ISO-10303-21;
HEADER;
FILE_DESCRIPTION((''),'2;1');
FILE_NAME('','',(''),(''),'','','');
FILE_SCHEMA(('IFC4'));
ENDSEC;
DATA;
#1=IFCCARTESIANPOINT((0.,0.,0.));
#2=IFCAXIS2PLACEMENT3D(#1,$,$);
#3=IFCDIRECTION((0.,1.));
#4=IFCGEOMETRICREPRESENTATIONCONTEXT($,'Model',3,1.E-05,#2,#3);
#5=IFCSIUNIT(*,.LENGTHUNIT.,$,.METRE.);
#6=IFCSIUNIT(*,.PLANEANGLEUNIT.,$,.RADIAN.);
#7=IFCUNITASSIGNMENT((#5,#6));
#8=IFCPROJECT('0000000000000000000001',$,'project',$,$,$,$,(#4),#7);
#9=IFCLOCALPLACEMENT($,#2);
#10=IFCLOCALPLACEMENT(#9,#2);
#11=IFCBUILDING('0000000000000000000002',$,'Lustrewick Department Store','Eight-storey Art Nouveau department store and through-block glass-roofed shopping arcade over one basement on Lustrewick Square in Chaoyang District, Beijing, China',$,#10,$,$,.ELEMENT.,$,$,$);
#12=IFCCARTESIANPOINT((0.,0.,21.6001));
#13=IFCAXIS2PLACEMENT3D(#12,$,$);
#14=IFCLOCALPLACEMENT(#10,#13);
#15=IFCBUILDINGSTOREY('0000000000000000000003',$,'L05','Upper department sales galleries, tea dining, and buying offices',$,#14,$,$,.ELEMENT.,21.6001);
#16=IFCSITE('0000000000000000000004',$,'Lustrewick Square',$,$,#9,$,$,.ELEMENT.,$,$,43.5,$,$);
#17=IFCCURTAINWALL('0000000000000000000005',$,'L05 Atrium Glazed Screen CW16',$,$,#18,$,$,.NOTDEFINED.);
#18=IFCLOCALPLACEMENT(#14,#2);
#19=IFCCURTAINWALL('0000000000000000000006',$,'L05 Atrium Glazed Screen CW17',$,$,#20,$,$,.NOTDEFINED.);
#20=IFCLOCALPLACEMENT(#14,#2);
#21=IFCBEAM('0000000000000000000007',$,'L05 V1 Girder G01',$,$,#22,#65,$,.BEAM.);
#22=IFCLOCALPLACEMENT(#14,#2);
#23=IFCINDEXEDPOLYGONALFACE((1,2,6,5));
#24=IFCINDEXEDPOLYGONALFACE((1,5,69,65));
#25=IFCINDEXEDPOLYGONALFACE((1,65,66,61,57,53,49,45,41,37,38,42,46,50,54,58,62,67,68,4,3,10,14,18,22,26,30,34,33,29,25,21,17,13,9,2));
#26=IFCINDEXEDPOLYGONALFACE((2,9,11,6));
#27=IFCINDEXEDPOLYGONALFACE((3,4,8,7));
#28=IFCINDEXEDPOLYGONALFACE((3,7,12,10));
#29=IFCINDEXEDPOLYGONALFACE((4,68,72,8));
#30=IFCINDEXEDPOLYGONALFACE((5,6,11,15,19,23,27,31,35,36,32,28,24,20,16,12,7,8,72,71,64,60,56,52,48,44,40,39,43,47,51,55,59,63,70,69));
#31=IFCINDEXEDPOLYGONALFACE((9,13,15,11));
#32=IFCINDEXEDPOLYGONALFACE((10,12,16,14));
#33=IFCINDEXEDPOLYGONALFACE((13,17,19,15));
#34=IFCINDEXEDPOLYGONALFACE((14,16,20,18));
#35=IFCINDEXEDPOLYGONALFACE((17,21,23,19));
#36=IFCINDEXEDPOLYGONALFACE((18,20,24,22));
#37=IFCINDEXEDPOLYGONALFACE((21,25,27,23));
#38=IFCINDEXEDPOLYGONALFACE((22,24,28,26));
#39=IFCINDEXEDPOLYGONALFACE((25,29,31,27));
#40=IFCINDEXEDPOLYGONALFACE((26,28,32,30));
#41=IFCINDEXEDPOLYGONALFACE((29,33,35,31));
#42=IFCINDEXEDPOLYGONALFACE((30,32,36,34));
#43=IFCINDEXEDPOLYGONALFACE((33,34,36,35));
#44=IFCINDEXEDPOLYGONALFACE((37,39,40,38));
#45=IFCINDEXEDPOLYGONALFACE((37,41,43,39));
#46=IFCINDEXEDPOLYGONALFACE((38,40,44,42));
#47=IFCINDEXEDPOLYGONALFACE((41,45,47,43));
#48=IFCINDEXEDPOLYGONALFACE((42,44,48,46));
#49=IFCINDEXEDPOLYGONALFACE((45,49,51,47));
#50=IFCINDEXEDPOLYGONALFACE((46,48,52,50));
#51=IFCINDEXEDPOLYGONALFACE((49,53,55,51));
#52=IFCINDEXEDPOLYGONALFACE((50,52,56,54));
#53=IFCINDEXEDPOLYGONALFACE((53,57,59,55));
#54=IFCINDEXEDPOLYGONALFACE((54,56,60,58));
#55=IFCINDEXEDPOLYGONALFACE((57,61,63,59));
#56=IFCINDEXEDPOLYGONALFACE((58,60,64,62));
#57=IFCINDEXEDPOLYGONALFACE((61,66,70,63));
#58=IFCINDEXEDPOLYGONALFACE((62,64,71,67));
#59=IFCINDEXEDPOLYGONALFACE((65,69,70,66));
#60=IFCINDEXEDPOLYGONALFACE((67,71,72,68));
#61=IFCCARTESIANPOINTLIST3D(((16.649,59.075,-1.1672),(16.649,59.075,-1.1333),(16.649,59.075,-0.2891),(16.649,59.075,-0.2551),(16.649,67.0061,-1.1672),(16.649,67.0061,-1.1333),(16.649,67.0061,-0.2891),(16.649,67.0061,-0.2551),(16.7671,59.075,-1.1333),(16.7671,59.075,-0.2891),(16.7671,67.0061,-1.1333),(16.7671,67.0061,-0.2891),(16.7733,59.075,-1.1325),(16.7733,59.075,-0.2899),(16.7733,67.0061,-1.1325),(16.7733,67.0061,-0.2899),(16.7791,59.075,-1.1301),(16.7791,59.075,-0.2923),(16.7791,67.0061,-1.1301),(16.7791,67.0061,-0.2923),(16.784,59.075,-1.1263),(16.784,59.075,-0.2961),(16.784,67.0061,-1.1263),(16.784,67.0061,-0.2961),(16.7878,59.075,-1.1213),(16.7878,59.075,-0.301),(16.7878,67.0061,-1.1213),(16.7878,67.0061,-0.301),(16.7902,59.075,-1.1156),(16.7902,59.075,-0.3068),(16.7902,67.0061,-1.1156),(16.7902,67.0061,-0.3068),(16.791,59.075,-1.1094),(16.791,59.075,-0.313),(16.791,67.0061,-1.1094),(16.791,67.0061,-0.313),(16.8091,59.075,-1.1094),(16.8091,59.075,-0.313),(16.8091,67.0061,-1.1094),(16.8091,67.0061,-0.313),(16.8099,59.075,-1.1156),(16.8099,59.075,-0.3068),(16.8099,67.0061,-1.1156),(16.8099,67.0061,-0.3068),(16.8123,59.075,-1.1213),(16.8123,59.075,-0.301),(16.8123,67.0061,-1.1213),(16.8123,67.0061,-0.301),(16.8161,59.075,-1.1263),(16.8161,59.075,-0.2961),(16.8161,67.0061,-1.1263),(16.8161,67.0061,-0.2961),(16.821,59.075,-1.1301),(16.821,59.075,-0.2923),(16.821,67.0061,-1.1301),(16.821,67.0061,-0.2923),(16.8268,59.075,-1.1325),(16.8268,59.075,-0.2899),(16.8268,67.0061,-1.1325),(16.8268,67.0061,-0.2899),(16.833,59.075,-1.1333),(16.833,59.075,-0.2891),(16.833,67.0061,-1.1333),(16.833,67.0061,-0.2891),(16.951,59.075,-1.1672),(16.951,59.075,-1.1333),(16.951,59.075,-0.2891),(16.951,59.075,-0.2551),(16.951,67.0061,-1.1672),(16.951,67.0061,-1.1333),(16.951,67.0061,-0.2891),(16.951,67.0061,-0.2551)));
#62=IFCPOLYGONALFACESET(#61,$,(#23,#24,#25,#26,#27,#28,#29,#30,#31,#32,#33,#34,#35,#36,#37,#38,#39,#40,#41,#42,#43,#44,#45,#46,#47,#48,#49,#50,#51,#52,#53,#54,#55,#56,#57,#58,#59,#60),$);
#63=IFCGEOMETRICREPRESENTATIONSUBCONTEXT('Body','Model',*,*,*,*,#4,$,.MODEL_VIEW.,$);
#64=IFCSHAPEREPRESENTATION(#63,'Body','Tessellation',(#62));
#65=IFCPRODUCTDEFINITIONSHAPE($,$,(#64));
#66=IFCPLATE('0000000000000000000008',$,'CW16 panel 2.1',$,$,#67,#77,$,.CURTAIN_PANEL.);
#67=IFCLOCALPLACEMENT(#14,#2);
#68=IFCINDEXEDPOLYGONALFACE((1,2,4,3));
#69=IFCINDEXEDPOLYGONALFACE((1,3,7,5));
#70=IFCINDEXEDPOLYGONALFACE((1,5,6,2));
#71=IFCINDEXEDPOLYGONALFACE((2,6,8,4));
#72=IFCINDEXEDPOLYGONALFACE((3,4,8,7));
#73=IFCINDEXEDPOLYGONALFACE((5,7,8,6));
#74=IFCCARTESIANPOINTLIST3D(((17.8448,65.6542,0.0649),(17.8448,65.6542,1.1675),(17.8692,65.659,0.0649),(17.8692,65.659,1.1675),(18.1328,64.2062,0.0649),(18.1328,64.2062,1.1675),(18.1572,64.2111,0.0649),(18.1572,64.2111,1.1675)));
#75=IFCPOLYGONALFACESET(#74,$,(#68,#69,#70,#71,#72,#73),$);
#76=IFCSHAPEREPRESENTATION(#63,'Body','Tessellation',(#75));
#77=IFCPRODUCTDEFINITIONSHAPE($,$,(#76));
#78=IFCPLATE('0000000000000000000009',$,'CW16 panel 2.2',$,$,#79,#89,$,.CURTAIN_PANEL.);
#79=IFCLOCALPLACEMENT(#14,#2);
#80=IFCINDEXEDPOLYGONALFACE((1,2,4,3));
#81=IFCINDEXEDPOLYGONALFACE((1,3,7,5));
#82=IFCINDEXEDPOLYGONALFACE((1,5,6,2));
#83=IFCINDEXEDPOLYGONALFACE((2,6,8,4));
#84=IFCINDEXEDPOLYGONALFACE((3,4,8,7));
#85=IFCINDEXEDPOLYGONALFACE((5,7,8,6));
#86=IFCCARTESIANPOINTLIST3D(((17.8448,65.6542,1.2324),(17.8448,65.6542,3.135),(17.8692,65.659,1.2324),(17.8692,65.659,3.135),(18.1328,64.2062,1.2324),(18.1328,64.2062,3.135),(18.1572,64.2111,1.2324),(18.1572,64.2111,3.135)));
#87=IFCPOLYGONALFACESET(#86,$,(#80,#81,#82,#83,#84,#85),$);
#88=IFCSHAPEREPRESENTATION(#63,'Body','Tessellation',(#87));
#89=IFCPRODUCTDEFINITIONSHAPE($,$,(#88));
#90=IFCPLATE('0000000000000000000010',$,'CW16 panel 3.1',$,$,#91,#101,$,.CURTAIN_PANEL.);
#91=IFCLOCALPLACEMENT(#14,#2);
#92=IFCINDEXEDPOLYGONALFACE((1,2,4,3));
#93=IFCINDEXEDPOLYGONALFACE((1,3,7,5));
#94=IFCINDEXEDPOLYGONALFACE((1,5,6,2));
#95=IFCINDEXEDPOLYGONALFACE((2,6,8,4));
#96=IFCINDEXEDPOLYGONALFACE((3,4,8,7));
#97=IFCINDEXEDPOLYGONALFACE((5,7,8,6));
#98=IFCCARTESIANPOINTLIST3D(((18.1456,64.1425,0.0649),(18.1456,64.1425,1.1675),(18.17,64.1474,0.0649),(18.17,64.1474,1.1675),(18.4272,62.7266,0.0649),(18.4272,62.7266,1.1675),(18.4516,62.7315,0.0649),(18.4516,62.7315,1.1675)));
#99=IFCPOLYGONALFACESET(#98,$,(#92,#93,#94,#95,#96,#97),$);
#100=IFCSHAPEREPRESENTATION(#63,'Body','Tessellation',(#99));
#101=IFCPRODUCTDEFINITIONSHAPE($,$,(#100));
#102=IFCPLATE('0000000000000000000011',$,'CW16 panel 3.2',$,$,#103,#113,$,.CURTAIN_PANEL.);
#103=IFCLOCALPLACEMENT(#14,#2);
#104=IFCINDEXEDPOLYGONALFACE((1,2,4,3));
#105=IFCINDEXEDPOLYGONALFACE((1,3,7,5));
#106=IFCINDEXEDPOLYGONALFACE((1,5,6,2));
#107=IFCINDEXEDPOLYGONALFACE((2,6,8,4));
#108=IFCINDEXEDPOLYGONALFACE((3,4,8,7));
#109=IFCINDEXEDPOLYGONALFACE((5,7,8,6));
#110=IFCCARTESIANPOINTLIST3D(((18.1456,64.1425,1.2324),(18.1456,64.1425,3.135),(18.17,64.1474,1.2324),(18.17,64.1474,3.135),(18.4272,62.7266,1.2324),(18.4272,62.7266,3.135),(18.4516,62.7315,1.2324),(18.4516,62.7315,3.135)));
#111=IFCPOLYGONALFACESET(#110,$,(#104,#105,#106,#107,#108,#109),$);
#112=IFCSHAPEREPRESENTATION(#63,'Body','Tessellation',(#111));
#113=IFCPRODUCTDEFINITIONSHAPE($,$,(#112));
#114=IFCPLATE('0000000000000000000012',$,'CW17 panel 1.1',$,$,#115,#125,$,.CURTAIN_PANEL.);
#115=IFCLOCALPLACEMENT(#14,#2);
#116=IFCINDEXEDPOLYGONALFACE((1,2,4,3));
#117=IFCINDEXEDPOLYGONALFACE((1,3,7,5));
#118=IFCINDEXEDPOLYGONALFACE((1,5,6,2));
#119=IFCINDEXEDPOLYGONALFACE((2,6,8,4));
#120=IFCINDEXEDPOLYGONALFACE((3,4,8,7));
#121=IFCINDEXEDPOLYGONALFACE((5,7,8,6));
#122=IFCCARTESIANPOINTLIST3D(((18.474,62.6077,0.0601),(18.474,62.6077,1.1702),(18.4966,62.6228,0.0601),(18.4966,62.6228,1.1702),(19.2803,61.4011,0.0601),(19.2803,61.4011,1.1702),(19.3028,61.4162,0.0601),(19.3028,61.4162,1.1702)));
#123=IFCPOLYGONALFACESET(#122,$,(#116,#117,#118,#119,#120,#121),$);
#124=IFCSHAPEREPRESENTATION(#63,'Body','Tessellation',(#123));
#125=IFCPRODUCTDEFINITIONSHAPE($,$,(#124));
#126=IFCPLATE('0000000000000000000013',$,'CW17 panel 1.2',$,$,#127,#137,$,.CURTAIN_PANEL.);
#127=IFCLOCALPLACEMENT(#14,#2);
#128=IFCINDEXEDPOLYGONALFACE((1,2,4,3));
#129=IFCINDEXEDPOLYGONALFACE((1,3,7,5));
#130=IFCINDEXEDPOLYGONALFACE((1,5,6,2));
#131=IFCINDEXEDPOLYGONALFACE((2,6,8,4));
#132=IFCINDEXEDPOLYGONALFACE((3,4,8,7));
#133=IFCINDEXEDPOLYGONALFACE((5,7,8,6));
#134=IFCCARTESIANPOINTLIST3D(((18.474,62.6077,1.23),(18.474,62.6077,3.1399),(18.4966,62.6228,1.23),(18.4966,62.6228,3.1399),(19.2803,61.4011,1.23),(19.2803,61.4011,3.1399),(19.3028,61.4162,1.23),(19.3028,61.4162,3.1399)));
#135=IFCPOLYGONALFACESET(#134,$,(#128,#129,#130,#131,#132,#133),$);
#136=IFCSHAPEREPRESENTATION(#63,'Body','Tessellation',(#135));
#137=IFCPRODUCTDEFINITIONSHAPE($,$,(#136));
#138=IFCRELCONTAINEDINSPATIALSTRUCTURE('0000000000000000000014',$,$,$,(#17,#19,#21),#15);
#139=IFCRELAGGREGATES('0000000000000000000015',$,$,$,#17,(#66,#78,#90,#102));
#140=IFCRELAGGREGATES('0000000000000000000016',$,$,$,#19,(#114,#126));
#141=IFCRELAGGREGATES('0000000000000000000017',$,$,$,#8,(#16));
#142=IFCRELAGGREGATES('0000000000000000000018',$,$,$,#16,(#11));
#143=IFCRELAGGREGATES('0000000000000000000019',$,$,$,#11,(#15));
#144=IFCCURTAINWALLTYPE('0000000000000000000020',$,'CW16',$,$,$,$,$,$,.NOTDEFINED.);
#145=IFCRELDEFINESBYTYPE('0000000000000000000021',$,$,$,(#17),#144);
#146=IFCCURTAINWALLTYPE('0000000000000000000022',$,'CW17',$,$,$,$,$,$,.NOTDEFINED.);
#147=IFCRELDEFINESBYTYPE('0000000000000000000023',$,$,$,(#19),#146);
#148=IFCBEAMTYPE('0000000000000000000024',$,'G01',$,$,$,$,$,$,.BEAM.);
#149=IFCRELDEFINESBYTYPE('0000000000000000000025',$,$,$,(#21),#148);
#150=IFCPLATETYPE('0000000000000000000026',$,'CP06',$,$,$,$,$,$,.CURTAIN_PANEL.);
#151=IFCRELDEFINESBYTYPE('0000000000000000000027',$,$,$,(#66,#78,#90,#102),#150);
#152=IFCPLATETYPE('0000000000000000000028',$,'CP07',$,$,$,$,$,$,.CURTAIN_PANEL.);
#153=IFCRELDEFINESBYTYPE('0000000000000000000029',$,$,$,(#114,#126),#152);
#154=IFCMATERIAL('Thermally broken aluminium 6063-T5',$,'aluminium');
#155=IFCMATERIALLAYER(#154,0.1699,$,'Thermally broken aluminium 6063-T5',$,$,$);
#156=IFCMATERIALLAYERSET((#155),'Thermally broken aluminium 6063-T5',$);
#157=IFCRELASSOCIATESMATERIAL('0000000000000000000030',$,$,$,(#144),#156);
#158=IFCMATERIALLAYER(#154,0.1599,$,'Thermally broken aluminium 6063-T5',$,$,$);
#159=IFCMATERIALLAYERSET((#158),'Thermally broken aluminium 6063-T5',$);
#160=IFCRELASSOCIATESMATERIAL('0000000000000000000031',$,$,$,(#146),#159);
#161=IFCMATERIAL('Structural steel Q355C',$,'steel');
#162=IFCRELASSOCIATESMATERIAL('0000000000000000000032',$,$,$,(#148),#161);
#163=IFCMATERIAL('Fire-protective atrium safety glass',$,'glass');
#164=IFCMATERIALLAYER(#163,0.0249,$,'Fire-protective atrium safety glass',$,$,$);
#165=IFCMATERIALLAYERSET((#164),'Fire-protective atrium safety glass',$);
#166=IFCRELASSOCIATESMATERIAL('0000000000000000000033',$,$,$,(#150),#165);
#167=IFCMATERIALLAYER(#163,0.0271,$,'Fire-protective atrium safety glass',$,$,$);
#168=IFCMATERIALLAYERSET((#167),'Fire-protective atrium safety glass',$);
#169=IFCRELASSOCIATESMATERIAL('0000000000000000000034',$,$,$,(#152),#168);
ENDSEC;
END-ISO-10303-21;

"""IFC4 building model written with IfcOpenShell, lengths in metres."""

from ifc_helpers import new_model, si_unit, direction, frame, origin, origin_2d, place, context, subcontext, project, spatial, rectangle, i_section, extrude, material, layer, layer_set, material_profile, profile_set, type_object, element, aggregate, save


model = new_model("IFC4")

# Units and contexts
model_context = context("Model", 3, precision=1e-05, world=origin(), true_north=direction((0.0, 1.0)))
body_context = subcontext(model_context, "Body", "Model", "MODEL_VIEW")
ifc_project = project(units=[si_unit("LENGTHUNIT", "METRE"), si_unit("PLANEANGLEUNIT", "RADIAN")], contexts=[model_context])

# Site, building, storey
site_placement = place(None, origin())
site = spatial("IfcSite", under=ifc_project, at=site_placement, Name="Lustrewick Square", CompositionType="ELEMENT", RefElevation=43.5)
building_placement = place(site_placement, origin())
building = spatial("IfcBuilding", under=site, at=building_placement, Name="Lustrewick Department Store", Description="Eight-storey Art Nouveau department store and through-block glass-roofed shopping arcade over one basement on Lustrewick Square in Chaoyang District, Beijing, China", CompositionType="ELEMENT")
storey_placement = place(building_placement, frame((0.0, 0.0, 21.6001)))
storey = spatial("IfcBuildingStorey", under=building, at=storey_placement, Name="L05", Description="Upper department sales galleries, tea dining, and buying offices", CompositionType="ELEMENT", Elevation=21.6001)

# Curtain walls
ifc_material_1 = material(Name="Thermally broken aluminium 6063-T5", Category="aluminium")
ifc_layer_1 = layer(ifc_material_1, 0.1699, Name="Thermally broken aluminium 6063-T5")
ifc_layer_set_1 = layer_set([ifc_layer_1], Name="Thermally broken aluminium 6063-T5")
curtain_wall_type_1 = type_object("IfcCurtainWallType", Name="CW16", PredefinedType="NOTDEFINED", material=ifc_layer_set_1)
curtain_wall_1_placement = place(storey_placement, origin())
curtain_wall_1 = element("IfcCurtainWall", 1, at=curtain_wall_1_placement, inside=storey, type_object=curtain_wall_type_1, Name="L05 Atrium Glazed Screen CW16", PredefinedType="NOTDEFINED")
ifc_layer_2 = layer(ifc_material_1, 0.1599, Name="Thermally broken aluminium 6063-T5")
ifc_layer_set_2 = layer_set([ifc_layer_2], Name="Thermally broken aluminium 6063-T5")
curtain_wall_type_2 = type_object("IfcCurtainWallType", Name="CW17", PredefinedType="NOTDEFINED", material=ifc_layer_set_2)
curtain_wall_2_placement = place(storey_placement, origin())
curtain_wall_2 = element("IfcCurtainWall", 2, at=curtain_wall_2_placement, inside=storey, type_object=curtain_wall_type_2, Name="L05 Atrium Glazed Screen CW17", PredefinedType="NOTDEFINED")

# Beam
ifc_material_2 = material(Name="Structural steel Q355C", Category="steel")
ifc_material_profile_1 = material_profile(ifc_material_2, i_section(OverallWidth=0.302, OverallDepth=0.9121, WebThickness=0.0181, FlangeThickness=0.0339, FilletRadius=0.0239, at=origin_2d()), Name="HN 912x302x18x34")
ifc_profile_set_1 = profile_set([ifc_material_profile_1], Name="Structural steel Q355C")
beam_type_1 = type_object("IfcBeamType", Name="G01", PredefinedType="BEAM", material=ifc_profile_set_1)
beam_1_placement = place(storey_placement, frame((16.8, 59.075, -0.7112), z_axis=(0.0, 1.0, 0.0), x_axis=(-1.0, 0.0, 0.0)))
element("IfcBeam", 3, at=beam_1_placement, inside=storey, type_object=beam_type_1, Name="L05 V1 Girder G01", PredefinedType="BEAM", context=body_context, shape_type="SweptSolid", body=[
    extrude(i_section(OverallWidth=0.302, OverallDepth=0.9121, WebThickness=0.0181, FlangeThickness=0.0339, FilletRadius=0.0239, at=origin_2d()), origin(), (0.0, 0.0, 1.0), 7.9312),
])

# Plates
ifc_material_3 = material(Name="Fire-protective atrium safety glass", Category="glass")
ifc_layer_3 = layer(ifc_material_3, 0.0249, Name="Fire-protective atrium safety glass")
ifc_layer_set_3 = layer_set([ifc_layer_3], Name="Fire-protective atrium safety glass")
plate_type_1 = type_object("IfcPlateType", Name="CP06", PredefinedType="CURTAIN_PANEL", material=ifc_layer_set_3)
plate_1_placement = place(storey_placement, frame((18.001, 64.9326, 0.0649), z_axis=(0.0, 0.0, 1.0), x_axis=(0.195085, -0.980786, 0.0)))
plate_1 = element("IfcPlate", 4, at=plate_1_placement, type_object=plate_type_1, Name="CW16 panel 2.1", PredefinedType="CURTAIN_PANEL", context=body_context, shape_type="SweptSolid", body=[
    extrude(rectangle(XDim=1.4763, YDim=0.0249, at=origin_2d()), origin(), (0.0, 0.0, 1.0), 1.1025),
])
plate_2_placement = place(storey_placement, frame((18.001, 64.9326, 1.2324), z_axis=(0.0, 0.0, 1.0), x_axis=(0.195085, -0.980786, 0.0)))
plate_2 = element("IfcPlate", 5, at=plate_2_placement, type_object=plate_type_1, Name="CW16 panel 2.2", PredefinedType="CURTAIN_PANEL", context=body_context, shape_type="SweptSolid", body=[
    extrude(rectangle(XDim=1.4763, YDim=0.0249, at=origin_2d()), origin(), (0.0, 0.0, 1.0), 1.9026),
])
plate_3_placement = place(storey_placement, frame((18.2986, 63.437, 0.0649), z_axis=(0.0, 0.0, 1.0), x_axis=(0.195085, -0.980786, 0.0)))
plate_3 = element("IfcPlate", 6, at=plate_3_placement, type_object=plate_type_1, Name="CW16 panel 3.1", PredefinedType="CURTAIN_PANEL", context=body_context, shape_type="SweptSolid", body=[
    extrude(rectangle(XDim=1.4436, YDim=0.0249, at=origin_2d()), origin(), (0.0, 0.0, 1.0), 1.1025),
])
plate_4_placement = place(storey_placement, frame((18.2986, 63.437, 1.2324), z_axis=(0.0, 0.0, 1.0), x_axis=(0.195085, -0.980786, 0.0)))
plate_4 = element("IfcPlate", 7, at=plate_4_placement, type_object=plate_type_1, Name="CW16 panel 3.2", PredefinedType="CURTAIN_PANEL", context=body_context, shape_type="SweptSolid", body=[
    extrude(rectangle(XDim=1.4436, YDim=0.0249, at=origin_2d()), origin(), (0.0, 0.0, 1.0), 1.9026),
])
aggregate(curtain_wall_1, [plate_1, plate_2, plate_3, plate_4])
ifc_layer_4 = layer(ifc_material_3, 0.0271, Name="Fire-protective atrium safety glass")
ifc_layer_set_4 = layer_set([ifc_layer_4], Name="Fire-protective atrium safety glass")
plate_type_2 = type_object("IfcPlateType", Name="CP07", PredefinedType="CURTAIN_PANEL", material=ifc_layer_set_4)
plate_5_placement = place(storey_placement, frame((18.8884, 62.012, 0.0601), z_axis=(0.0, 0.0, 1.0), x_axis=(0.555578, -0.831464, 0.0)))
plate_5 = element("IfcPlate", 8, at=plate_5_placement, type_object=plate_type_2, Name="CW17 panel 1.1", PredefinedType="CURTAIN_PANEL", context=body_context, shape_type="SweptSolid", body=[
    extrude(rectangle(XDim=1.4512, YDim=0.0271, at=origin_2d()), origin(), (0.0, 0.0, 1.0), 1.1101),
])
plate_6_placement = place(storey_placement, frame((18.8884, 62.012, 1.23), z_axis=(0.0, 0.0, 1.0), x_axis=(0.555578, -0.831464, 0.0)))
plate_6 = element("IfcPlate", 9, at=plate_6_placement, type_object=plate_type_2, Name="CW17 panel 1.2", PredefinedType="CURTAIN_PANEL", context=body_context, shape_type="SweptSolid", body=[
    extrude(rectangle(XDim=1.4512, YDim=0.0271, at=origin_2d()), origin(), (0.0, 0.0, 1.0), 1.9099),
])
aggregate(curtain_wall_2, [plate_5, plate_6])

save(model, "model.ifc")
